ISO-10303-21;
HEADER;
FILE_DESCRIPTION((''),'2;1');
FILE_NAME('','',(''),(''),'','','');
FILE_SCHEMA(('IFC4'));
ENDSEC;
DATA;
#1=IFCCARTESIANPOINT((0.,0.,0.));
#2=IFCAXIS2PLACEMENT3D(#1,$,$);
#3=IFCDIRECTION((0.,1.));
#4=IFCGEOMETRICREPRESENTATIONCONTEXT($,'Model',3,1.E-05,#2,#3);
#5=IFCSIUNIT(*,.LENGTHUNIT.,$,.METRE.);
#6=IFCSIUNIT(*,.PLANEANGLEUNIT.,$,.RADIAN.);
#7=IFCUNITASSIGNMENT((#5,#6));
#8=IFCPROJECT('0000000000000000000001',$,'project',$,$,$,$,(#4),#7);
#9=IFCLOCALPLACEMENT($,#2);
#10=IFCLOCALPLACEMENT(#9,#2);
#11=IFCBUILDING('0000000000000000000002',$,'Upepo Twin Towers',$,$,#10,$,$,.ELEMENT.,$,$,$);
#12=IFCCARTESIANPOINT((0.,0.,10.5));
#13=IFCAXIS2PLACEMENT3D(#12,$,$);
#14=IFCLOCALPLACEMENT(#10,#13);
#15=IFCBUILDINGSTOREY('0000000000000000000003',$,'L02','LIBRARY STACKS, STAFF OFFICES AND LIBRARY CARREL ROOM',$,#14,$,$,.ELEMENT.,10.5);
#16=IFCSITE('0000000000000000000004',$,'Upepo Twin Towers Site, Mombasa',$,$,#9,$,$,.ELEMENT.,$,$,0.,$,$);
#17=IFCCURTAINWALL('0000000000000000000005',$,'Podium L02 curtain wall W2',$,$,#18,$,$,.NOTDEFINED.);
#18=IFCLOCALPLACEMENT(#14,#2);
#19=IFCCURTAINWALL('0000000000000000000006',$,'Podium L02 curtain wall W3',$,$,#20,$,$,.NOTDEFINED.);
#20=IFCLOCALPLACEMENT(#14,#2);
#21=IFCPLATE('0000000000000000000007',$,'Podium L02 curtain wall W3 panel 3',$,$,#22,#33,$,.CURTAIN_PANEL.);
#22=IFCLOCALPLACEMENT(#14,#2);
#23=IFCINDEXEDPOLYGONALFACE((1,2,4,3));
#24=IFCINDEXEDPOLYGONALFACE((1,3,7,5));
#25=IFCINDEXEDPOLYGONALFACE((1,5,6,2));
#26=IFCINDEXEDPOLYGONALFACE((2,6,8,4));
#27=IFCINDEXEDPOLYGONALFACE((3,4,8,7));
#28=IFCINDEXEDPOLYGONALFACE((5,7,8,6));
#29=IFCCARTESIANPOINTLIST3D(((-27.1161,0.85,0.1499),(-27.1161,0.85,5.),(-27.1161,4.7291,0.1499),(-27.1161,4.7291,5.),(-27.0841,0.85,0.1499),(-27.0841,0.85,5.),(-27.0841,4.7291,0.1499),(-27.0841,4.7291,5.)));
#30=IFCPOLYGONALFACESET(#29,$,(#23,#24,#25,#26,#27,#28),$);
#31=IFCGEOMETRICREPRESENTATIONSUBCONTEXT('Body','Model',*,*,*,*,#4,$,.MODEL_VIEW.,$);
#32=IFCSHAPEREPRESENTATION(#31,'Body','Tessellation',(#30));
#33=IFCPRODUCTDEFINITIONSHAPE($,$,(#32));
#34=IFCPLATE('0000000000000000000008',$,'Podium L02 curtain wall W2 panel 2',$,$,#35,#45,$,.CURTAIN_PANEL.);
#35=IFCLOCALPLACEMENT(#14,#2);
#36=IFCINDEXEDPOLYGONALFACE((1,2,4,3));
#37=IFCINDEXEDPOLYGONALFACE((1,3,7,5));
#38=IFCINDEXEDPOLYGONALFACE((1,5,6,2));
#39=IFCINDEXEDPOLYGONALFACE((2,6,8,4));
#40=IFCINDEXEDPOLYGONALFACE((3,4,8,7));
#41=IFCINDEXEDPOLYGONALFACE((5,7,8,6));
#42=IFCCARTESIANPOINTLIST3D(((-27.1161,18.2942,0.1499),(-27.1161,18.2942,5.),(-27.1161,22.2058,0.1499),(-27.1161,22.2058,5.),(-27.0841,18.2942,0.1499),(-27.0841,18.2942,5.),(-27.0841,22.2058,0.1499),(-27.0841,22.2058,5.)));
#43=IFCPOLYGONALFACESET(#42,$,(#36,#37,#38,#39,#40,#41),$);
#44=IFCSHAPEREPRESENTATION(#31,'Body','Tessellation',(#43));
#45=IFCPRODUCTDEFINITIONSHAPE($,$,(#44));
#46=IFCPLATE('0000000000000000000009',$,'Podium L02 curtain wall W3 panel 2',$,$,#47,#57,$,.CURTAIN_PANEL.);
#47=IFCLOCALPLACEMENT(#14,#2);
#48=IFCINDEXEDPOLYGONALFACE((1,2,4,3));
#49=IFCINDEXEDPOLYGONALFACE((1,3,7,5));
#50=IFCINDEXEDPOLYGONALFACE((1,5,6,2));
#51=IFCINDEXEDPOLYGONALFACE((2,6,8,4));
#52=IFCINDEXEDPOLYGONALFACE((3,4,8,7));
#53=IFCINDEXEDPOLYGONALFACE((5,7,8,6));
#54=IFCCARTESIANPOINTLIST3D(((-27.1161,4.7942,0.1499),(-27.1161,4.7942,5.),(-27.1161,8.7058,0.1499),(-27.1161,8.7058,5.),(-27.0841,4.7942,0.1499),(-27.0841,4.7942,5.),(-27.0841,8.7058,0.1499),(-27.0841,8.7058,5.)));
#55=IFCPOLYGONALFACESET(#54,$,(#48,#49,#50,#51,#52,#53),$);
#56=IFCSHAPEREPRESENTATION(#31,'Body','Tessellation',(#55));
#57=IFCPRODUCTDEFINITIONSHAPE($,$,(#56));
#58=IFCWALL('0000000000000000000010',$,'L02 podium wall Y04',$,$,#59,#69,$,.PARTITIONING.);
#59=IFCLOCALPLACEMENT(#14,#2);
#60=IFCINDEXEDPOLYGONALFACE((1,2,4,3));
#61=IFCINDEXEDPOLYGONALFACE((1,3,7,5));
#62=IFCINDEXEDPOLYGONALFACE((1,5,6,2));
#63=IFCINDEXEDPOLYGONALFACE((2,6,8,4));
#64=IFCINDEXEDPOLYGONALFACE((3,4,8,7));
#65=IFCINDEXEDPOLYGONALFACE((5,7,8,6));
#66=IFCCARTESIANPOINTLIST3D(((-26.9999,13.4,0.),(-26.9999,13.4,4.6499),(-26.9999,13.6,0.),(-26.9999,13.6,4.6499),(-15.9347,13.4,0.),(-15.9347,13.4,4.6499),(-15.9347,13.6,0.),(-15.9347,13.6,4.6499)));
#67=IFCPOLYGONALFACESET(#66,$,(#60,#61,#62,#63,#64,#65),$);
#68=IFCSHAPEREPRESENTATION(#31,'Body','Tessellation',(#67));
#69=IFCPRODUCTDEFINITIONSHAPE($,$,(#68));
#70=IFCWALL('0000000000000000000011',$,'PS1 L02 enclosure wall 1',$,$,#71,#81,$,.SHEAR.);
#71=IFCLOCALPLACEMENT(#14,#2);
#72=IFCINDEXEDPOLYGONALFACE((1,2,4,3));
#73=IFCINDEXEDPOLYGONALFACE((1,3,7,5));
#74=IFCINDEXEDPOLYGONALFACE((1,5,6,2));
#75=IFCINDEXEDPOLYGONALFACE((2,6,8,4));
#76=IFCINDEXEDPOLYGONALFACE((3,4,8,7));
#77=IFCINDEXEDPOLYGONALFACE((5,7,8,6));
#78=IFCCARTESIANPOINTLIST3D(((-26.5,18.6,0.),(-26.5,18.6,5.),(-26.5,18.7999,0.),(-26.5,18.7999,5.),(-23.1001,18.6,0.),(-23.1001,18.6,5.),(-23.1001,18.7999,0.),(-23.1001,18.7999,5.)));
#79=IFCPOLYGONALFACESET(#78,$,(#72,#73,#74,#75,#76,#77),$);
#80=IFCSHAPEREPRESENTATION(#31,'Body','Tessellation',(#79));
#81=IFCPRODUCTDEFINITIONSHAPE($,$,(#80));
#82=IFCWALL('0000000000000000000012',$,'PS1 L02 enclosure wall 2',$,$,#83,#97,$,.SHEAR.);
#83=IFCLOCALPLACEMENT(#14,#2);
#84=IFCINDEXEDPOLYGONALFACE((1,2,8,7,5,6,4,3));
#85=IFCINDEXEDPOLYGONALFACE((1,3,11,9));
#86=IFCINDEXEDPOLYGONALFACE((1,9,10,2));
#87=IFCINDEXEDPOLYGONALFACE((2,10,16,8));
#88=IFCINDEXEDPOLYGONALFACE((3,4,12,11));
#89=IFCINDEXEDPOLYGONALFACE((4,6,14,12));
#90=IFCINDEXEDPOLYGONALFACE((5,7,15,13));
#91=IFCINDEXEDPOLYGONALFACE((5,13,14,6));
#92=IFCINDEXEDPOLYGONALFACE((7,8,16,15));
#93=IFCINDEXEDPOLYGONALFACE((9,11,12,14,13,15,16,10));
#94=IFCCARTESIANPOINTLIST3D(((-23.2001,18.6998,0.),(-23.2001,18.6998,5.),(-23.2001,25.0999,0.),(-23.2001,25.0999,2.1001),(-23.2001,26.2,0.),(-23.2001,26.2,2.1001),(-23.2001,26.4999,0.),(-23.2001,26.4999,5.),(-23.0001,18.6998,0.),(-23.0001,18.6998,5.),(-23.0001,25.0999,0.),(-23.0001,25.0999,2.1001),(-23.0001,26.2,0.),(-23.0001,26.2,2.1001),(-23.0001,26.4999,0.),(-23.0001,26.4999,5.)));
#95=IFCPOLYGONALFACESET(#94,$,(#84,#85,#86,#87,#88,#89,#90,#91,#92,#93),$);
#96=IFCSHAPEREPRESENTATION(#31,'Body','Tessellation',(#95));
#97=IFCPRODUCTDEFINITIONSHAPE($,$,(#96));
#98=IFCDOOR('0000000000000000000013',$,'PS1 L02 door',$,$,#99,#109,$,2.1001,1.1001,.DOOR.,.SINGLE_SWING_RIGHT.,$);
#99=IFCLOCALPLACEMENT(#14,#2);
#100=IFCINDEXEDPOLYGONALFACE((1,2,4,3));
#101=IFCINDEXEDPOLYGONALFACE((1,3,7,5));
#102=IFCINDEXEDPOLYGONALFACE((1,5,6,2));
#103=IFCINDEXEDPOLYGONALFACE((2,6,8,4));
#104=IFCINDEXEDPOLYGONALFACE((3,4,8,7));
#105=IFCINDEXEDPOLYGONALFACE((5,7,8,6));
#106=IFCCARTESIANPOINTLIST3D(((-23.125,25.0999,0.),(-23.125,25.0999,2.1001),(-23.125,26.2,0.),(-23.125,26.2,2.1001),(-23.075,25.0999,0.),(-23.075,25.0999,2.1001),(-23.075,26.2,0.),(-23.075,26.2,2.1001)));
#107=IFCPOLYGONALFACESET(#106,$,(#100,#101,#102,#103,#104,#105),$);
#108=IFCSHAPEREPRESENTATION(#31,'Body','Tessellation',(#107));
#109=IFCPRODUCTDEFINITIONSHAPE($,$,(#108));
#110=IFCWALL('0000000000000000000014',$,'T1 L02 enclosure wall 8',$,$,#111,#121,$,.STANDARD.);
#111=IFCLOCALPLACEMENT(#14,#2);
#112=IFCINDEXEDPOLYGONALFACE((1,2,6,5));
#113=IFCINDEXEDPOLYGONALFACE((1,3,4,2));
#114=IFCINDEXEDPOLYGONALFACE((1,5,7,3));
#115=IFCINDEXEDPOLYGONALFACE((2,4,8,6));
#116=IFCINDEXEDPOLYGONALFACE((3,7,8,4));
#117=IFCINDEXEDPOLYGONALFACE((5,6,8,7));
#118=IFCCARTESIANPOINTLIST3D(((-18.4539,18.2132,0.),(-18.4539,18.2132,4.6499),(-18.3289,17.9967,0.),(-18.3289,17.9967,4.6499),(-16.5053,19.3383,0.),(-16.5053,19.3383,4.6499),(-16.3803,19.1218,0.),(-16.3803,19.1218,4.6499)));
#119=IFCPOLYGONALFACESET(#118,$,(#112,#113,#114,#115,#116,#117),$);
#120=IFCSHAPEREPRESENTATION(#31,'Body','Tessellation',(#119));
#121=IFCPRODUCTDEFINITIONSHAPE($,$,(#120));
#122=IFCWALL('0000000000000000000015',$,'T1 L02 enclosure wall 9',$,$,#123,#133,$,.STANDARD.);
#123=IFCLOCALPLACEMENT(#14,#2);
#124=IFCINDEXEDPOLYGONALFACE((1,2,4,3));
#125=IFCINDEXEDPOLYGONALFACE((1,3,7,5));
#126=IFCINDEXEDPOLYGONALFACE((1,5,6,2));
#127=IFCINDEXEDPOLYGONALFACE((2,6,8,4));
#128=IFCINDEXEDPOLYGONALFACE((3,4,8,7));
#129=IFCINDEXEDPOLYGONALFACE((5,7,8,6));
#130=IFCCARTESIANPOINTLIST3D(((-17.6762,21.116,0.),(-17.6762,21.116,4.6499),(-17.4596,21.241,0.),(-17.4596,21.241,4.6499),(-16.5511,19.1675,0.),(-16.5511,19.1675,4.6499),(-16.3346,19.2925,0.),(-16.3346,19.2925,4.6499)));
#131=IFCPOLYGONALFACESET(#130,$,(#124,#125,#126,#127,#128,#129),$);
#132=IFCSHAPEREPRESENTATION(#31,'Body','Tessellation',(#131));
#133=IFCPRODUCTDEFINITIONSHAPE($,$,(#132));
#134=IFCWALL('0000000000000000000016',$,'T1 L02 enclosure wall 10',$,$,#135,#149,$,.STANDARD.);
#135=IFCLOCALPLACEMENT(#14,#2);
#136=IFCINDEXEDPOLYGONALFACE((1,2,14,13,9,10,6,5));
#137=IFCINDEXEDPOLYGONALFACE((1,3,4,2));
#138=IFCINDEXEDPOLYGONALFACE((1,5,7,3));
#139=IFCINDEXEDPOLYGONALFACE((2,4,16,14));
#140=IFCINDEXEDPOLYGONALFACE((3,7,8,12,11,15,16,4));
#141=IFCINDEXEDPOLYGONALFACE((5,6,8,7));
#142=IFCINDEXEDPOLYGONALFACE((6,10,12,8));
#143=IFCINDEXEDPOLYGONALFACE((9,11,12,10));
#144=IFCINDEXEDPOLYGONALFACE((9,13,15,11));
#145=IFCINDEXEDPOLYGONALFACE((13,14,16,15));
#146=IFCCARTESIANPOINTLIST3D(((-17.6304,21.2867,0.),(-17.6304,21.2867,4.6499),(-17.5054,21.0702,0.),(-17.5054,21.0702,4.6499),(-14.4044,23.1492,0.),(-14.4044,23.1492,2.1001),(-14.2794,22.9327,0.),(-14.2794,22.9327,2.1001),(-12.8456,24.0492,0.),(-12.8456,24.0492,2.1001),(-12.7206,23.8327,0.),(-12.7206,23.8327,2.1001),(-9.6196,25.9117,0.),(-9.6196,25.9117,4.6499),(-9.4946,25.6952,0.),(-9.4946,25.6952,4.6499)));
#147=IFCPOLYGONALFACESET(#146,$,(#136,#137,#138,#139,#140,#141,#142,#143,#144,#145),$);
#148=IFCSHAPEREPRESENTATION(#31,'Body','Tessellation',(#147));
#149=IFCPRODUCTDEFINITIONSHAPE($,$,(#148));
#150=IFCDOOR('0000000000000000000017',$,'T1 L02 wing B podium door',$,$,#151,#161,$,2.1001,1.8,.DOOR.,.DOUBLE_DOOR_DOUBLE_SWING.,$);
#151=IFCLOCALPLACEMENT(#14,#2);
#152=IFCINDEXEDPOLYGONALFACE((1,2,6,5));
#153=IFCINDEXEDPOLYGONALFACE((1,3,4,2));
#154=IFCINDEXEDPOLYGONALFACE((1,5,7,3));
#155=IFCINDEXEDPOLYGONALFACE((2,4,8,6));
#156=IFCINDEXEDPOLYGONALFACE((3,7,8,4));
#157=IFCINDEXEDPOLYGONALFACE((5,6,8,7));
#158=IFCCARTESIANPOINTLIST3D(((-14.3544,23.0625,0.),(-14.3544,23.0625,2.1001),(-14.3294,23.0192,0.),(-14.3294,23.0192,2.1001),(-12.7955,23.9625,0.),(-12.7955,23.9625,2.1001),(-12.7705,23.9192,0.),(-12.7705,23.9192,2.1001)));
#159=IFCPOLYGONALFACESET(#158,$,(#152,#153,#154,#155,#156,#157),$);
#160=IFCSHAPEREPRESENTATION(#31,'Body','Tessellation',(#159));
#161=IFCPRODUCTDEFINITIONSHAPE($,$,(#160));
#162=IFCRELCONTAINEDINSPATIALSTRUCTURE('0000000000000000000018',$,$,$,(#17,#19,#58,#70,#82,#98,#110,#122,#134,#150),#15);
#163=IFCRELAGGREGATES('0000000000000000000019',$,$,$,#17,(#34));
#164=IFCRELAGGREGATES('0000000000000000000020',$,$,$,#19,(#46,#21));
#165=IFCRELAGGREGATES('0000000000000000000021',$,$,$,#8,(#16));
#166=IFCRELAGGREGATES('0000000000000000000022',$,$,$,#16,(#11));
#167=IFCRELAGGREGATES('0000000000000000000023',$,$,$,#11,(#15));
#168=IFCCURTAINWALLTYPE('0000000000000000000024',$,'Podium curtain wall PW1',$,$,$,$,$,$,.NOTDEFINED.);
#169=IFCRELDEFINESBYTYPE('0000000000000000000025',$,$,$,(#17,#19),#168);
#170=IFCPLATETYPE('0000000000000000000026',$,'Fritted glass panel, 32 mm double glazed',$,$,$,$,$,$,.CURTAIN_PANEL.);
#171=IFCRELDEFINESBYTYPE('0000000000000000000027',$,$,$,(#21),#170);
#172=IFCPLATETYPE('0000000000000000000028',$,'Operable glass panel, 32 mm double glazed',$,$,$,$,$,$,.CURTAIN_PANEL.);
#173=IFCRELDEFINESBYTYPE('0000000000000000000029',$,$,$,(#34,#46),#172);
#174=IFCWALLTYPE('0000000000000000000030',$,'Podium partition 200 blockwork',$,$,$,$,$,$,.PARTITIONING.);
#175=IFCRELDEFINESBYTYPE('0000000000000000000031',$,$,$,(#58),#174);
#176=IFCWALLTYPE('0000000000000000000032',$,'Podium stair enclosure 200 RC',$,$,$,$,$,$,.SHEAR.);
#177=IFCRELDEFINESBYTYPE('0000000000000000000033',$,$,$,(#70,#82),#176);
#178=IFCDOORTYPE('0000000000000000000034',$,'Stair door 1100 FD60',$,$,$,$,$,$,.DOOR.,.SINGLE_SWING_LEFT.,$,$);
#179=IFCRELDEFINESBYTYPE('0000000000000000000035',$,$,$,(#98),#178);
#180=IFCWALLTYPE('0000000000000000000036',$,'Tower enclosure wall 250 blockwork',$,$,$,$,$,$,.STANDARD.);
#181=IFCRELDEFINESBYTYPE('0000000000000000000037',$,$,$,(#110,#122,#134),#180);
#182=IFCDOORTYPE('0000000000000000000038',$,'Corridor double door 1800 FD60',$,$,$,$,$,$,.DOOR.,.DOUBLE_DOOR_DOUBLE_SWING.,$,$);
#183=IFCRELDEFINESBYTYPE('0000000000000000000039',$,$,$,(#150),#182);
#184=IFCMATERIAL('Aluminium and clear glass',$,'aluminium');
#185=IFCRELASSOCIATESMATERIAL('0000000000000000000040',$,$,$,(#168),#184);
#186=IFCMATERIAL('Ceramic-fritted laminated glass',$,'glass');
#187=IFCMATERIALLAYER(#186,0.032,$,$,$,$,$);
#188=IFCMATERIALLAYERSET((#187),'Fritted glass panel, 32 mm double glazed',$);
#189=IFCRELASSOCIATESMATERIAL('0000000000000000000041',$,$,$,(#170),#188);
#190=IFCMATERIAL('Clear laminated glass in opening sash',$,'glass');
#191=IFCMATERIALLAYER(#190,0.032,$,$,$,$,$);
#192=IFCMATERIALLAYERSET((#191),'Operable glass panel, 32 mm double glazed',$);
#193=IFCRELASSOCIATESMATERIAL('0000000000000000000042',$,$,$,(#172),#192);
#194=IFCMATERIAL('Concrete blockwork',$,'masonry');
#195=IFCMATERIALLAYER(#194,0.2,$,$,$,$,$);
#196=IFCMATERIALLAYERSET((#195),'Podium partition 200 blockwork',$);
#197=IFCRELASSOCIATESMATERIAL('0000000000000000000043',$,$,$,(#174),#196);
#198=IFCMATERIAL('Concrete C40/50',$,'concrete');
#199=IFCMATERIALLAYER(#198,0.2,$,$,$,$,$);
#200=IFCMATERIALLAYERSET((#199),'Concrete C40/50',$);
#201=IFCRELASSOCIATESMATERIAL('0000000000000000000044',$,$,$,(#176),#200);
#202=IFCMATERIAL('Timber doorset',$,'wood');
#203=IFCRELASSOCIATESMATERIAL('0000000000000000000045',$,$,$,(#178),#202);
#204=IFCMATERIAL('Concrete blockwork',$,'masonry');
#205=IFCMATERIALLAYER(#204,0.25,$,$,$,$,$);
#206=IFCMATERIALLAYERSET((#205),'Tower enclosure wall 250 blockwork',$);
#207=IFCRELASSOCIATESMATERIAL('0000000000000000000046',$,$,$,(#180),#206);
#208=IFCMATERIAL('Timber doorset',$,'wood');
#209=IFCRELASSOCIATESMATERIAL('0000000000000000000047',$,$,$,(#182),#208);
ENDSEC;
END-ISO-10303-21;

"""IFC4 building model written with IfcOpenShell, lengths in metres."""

from ifc_helpers import new_model, si_unit, direction, frame, frame_2d, origin, origin_2d, place, context, subcontext, project, spatial, rectangle, extrude, material, layer, layer_set, type_object, element, fill, aggregate, save


model = new_model("IFC4")

# Units and contexts
model_context = context("Model", 3, precision=1e-05, world=origin(), true_north=direction((0.0, 1.0)))
body_context = subcontext(model_context, "Body", "Model", "MODEL_VIEW")
ifc_project = project(units=[si_unit("LENGTHUNIT", "METRE"), si_unit("PLANEANGLEUNIT", "RADIAN")], contexts=[model_context])

# Site, building, storey
site_placement = place(None, origin())
site = spatial("IfcSite", under=ifc_project, at=site_placement, Name="Upepo Twin Towers Site, Mombasa", CompositionType="ELEMENT", RefElevation=0.0)
building_placement = place(site_placement, origin())
building = spatial("IfcBuilding", under=site, at=building_placement, Name="Upepo Twin Towers", CompositionType="ELEMENT")
storey_placement = place(building_placement, frame((0.0, 0.0, 10.5)))
storey = spatial("IfcBuildingStorey", under=building, at=storey_placement, Name="L02", Description="LIBRARY STACKS, STAFF OFFICES AND LIBRARY CARREL ROOM", CompositionType="ELEMENT", Elevation=10.5)

# Curtain walls
ifc_material_1 = material(Name="Aluminium and clear glass", Category="aluminium")
curtain_wall_type = type_object("IfcCurtainWallType", Name="Podium curtain wall PW1", PredefinedType="NOTDEFINED", material=ifc_material_1)
curtain_wall_1_placement = place(storey_placement, origin())
curtain_wall_1 = element("IfcCurtainWall", 1, at=curtain_wall_1_placement, inside=storey, type_object=curtain_wall_type, Name="Podium L02 curtain wall W2", PredefinedType="NOTDEFINED")
curtain_wall_2_placement = place(storey_placement, origin())
curtain_wall_2 = element("IfcCurtainWall", 2, at=curtain_wall_2_placement, inside=storey, type_object=curtain_wall_type, Name="Podium L02 curtain wall W3", PredefinedType="NOTDEFINED")

# Plates
ifc_material_2 = material(Name="Ceramic-fritted laminated glass", Category="glass")
ifc_layer_1 = layer(ifc_material_2, 0.032)
ifc_layer_set_1 = layer_set([ifc_layer_1], Name="Fritted glass panel, 32 mm double glazed")
plate_type_1 = type_object("IfcPlateType", Name="Fritted glass panel, 32 mm double glazed", PredefinedType="CURTAIN_PANEL", material=ifc_layer_set_1)
plate_1_placement = place(storey_placement, frame((-27.1001, 2.7896, 0.1499), z_axis=(0.0, 0.0, 1.0), x_axis=(0.0, -1.0, 0.0)))
plate_1 = element("IfcPlate", 3, at=plate_1_placement, type_object=plate_type_1, Name="Podium L02 curtain wall W3 panel 3", PredefinedType="CURTAIN_PANEL", context=body_context, shape_type="SweptSolid", body=[
    extrude(rectangle(XDim=3.8792, YDim=0.032, at=origin_2d()), origin(), (0.0, 0.0, 1.0), 4.8501),
])
ifc_material_3 = material(Name="Clear laminated glass in opening sash", Category="glass")
ifc_layer_2 = layer(ifc_material_3, 0.032)
ifc_layer_set_2 = layer_set([ifc_layer_2], Name="Operable glass panel, 32 mm double glazed")
plate_type_2 = type_object("IfcPlateType", Name="Operable glass panel, 32 mm double glazed", PredefinedType="CURTAIN_PANEL", material=ifc_layer_set_2)
plate_2_placement = place(storey_placement, frame((-27.1001, 20.25, 0.1499), z_axis=(0.0, 0.0, 1.0), x_axis=(0.0, -1.0, 0.0)))
plate_2 = element("IfcPlate", 4, at=plate_2_placement, type_object=plate_type_2, Name="Podium L02 curtain wall W2 panel 2", PredefinedType="CURTAIN_PANEL", context=body_context, shape_type="SweptSolid", body=[
    extrude(rectangle(XDim=3.9116, YDim=0.032, at=origin_2d()), origin(), (0.0, 0.0, 1.0), 4.8501),
])
aggregate(curtain_wall_1, [plate_2])
plate_3_placement = place(storey_placement, frame((-27.1001, 6.75, 0.1499), z_axis=(0.0, 0.0, 1.0), x_axis=(0.0, -1.0, 0.0)))
plate_3 = element("IfcPlate", 5, at=plate_3_placement, type_object=plate_type_2, Name="Podium L02 curtain wall W3 panel 2", PredefinedType="CURTAIN_PANEL", context=body_context, shape_type="SweptSolid", body=[
    extrude(rectangle(XDim=3.9116, YDim=0.032, at=origin_2d()), origin(), (0.0, 0.0, 1.0), 4.8501),
])
aggregate(curtain_wall_2, [plate_3, plate_1])

# Walls
ifc_material_4 = material(Name="Concrete blockwork", Category="masonry")
ifc_layer_3 = layer(ifc_material_4, 0.2)
ifc_layer_set_3 = layer_set([ifc_layer_3], Name="Podium partition 200 blockwork")
wall_type_1 = type_object("IfcWallType", Name="Podium partition 200 blockwork", PredefinedType="PARTITIONING", material=ifc_layer_set_3)
wall_1_placement = place(storey_placement, frame((-27.0, 13.5, 0.0), z_axis=(0.0, 0.0, 1.0), x_axis=(1.0, 0.0, 0.0)))
element("IfcWall", 6, at=wall_1_placement, inside=storey, type_object=wall_type_1, Name="L02 podium wall Y04", PredefinedType="PARTITIONING", context=body_context, shape_type="SweptSolid", body=[
    extrude(rectangle(XDim=11.0652, YDim=0.2, at=frame_2d((5.5327, 0.0))), origin(), (0.0, 0.0, 1.0), 4.6499),
])
ifc_material_5 = material(Name="Concrete C40/50", Category="concrete")
ifc_layer_4 = layer(ifc_material_5, 0.2)
ifc_layer_set_4 = layer_set([ifc_layer_4], Name="Concrete C40/50")
wall_type_2 = type_object("IfcWallType", Name="Podium stair enclosure 200 RC", PredefinedType="SHEAR", material=ifc_layer_set_4)
wall_2_placement = place(storey_placement, frame((-26.5, 18.7, 0.0), z_axis=(0.0, 0.0, 1.0), x_axis=(1.0, 0.0, 0.0)))
element("IfcWall", 7, at=wall_2_placement, inside=storey, type_object=wall_type_2, Name="PS1 L02 enclosure wall 1", PredefinedType="SHEAR", context=body_context, shape_type="SweptSolid", body=[
    extrude(rectangle(XDim=3.3999, YDim=0.2, at=frame_2d((1.7, 0.0))), origin(), (0.0, 0.0, 1.0), 5.0),
])

# Wall, opening, door
wall_3_placement = place(storey_placement, frame((-23.1001, 18.7, 0.0), z_axis=(0.0, 0.0, 1.0), x_axis=(0.0, 1.0, 0.0)))
wall_3 = element("IfcWall", 8, at=wall_3_placement, inside=storey, type_object=wall_type_2, Name="PS1 L02 enclosure wall 2", PredefinedType="SHEAR", context=body_context, shape_type="SweptSolid", body=[
    extrude(rectangle(XDim=7.8, YDim=0.2, at=frame_2d((3.8999, 0.0))), origin(), (0.0, 0.0, 1.0), 5.0),
])
opening_1_placement = place(wall_3_placement, frame((6.3999, 0.0, 0.0)))
opening_1 = element("IfcOpeningElement", 9, at=opening_1_placement, cuts=wall_3, PredefinedType="OPENING", context=body_context, shape_type="SweptSolid", body=[
    extrude(rectangle(XDim=1.1001, YDim=2.1001, at=frame_2d((0.55, 1.05))), frame((0.0, 0.1099, 0.0), z_axis=(0.0, -1.0, 0.0), x_axis=(1.0, 0.0, 0.0)), (0.0, 0.0, 1.0), 0.22),
])
ifc_material_6 = material(Name="Timber doorset", Category="wood")
door_type_1 = type_object("IfcDoorType", Name="Stair door 1100 FD60", OperationType="SINGLE_SWING_LEFT", PredefinedType="DOOR", material=ifc_material_6)
door_1_placement = place(opening_1_placement, origin())
door_1 = element("IfcDoor", 10, at=door_1_placement, inside=storey, type_object=door_type_1, Name="PS1 L02 door", OperationType="SINGLE_SWING_RIGHT", OverallHeight=2.1001, OverallWidth=1.1001, PredefinedType="DOOR", context=body_context, shape_type="SweptSolid", body=[
    extrude(rectangle(XDim=1.1001, YDim=2.1001, at=frame_2d((0.55, 1.05))), frame((0.0, 0.0249, 0.0), z_axis=(0.0, -1.0, 0.0), x_axis=(1.0, 0.0, 0.0)), (0.0, 0.0, 1.0), 0.05),
])
fill(opening_1, door_1)

# Walls
ifc_material_7 = material(Name="Concrete blockwork", Category="masonry")
ifc_layer_5 = layer(ifc_material_7, 0.25)
ifc_layer_set_5 = layer_set([ifc_layer_5], Name="Tower enclosure wall 250 blockwork")
wall_type_3 = type_object("IfcWallType", Name="Tower enclosure wall 250 blockwork", PredefinedType="STANDARD", material=ifc_layer_set_5)
for number, where, z_axis, x_axis, name in (
    (11, (-18.3914, 18.105, 0.0), (0.0, 0.0, 1.0), (0.866018, 0.500014, 0.0), "T1 L02 enclosure wall 8"),
    (12, (-16.4429, 19.23, 0.0), (0.0, 0.0, 1.0), (-0.500014, 0.866018, 0.0), "T1 L02 enclosure wall 9"),
):
    element("IfcWall", number, at=place(storey_placement, frame(where, z_axis=z_axis, x_axis=x_axis)), inside=storey, type_object=wall_type_3, Name=name, PredefinedType="STANDARD", context=body_context, shape_type="SweptSolid", body=[
        extrude(rectangle(XDim=2.25, YDim=0.25, at=frame_2d((1.125, 0.0))), origin(), (0.0, 0.0, 1.0), 4.6499),
    ])

# Wall, opening, door
wall_4_placement = place(storey_placement, frame((-17.5679, 21.1785, 0.0), z_axis=(0.0, 0.0, 1.0), x_axis=(0.866026, 0.5, 0.0)))
wall_4 = element("IfcWall", 13, at=wall_4_placement, inside=storey, type_object=wall_type_3, Name="T1 L02 enclosure wall 10", PredefinedType="STANDARD", context=body_context, shape_type="SweptSolid", body=[
    extrude(rectangle(XDim=9.25, YDim=0.25, at=frame_2d((4.625, 0.0))), origin(), (0.0, 0.0, 1.0), 4.6499),
])
opening_2_placement = place(wall_4_placement, frame((3.7251, 0.0, 0.0)))
opening_2 = element("IfcOpeningElement", 14, at=opening_2_placement, cuts=wall_4, PredefinedType="OPENING", context=body_context, shape_type="SweptSolid", body=[
    extrude(rectangle(XDim=1.8, YDim=2.1001, at=frame_2d((0.8999, 1.05))), frame((0.0, 0.135, 0.0), z_axis=(0.0, -1.0, 0.0), x_axis=(1.0, 0.0, 0.0)), (0.0, 0.0, 1.0), 0.27),
])
ifc_material_8 = material(Name="Timber doorset", Category="wood")
door_type_2 = type_object("IfcDoorType", Name="Corridor double door 1800 FD60", OperationType="DOUBLE_DOOR_DOUBLE_SWING", PredefinedType="DOOR", material=ifc_material_8)
door_2_placement = place(opening_2_placement, origin())
door_2 = element("IfcDoor", 15, at=door_2_placement, inside=storey, type_object=door_type_2, Name="T1 L02 wing B podium door", OperationType="DOUBLE_DOOR_DOUBLE_SWING", OverallHeight=2.1001, OverallWidth=1.8, PredefinedType="DOOR", context=body_context, shape_type="SweptSolid", body=[
    extrude(rectangle(XDim=1.8, YDim=2.1001, at=frame_2d((0.8999, 1.05))), frame((0.0, 0.0249, 0.0), z_axis=(0.0, -1.0, 0.0), x_axis=(1.0, 0.0, 0.0)), (0.0, 0.0, 1.0), 0.05),
])
fill(opening_2, door_2)

save(model, "model.ifc")
